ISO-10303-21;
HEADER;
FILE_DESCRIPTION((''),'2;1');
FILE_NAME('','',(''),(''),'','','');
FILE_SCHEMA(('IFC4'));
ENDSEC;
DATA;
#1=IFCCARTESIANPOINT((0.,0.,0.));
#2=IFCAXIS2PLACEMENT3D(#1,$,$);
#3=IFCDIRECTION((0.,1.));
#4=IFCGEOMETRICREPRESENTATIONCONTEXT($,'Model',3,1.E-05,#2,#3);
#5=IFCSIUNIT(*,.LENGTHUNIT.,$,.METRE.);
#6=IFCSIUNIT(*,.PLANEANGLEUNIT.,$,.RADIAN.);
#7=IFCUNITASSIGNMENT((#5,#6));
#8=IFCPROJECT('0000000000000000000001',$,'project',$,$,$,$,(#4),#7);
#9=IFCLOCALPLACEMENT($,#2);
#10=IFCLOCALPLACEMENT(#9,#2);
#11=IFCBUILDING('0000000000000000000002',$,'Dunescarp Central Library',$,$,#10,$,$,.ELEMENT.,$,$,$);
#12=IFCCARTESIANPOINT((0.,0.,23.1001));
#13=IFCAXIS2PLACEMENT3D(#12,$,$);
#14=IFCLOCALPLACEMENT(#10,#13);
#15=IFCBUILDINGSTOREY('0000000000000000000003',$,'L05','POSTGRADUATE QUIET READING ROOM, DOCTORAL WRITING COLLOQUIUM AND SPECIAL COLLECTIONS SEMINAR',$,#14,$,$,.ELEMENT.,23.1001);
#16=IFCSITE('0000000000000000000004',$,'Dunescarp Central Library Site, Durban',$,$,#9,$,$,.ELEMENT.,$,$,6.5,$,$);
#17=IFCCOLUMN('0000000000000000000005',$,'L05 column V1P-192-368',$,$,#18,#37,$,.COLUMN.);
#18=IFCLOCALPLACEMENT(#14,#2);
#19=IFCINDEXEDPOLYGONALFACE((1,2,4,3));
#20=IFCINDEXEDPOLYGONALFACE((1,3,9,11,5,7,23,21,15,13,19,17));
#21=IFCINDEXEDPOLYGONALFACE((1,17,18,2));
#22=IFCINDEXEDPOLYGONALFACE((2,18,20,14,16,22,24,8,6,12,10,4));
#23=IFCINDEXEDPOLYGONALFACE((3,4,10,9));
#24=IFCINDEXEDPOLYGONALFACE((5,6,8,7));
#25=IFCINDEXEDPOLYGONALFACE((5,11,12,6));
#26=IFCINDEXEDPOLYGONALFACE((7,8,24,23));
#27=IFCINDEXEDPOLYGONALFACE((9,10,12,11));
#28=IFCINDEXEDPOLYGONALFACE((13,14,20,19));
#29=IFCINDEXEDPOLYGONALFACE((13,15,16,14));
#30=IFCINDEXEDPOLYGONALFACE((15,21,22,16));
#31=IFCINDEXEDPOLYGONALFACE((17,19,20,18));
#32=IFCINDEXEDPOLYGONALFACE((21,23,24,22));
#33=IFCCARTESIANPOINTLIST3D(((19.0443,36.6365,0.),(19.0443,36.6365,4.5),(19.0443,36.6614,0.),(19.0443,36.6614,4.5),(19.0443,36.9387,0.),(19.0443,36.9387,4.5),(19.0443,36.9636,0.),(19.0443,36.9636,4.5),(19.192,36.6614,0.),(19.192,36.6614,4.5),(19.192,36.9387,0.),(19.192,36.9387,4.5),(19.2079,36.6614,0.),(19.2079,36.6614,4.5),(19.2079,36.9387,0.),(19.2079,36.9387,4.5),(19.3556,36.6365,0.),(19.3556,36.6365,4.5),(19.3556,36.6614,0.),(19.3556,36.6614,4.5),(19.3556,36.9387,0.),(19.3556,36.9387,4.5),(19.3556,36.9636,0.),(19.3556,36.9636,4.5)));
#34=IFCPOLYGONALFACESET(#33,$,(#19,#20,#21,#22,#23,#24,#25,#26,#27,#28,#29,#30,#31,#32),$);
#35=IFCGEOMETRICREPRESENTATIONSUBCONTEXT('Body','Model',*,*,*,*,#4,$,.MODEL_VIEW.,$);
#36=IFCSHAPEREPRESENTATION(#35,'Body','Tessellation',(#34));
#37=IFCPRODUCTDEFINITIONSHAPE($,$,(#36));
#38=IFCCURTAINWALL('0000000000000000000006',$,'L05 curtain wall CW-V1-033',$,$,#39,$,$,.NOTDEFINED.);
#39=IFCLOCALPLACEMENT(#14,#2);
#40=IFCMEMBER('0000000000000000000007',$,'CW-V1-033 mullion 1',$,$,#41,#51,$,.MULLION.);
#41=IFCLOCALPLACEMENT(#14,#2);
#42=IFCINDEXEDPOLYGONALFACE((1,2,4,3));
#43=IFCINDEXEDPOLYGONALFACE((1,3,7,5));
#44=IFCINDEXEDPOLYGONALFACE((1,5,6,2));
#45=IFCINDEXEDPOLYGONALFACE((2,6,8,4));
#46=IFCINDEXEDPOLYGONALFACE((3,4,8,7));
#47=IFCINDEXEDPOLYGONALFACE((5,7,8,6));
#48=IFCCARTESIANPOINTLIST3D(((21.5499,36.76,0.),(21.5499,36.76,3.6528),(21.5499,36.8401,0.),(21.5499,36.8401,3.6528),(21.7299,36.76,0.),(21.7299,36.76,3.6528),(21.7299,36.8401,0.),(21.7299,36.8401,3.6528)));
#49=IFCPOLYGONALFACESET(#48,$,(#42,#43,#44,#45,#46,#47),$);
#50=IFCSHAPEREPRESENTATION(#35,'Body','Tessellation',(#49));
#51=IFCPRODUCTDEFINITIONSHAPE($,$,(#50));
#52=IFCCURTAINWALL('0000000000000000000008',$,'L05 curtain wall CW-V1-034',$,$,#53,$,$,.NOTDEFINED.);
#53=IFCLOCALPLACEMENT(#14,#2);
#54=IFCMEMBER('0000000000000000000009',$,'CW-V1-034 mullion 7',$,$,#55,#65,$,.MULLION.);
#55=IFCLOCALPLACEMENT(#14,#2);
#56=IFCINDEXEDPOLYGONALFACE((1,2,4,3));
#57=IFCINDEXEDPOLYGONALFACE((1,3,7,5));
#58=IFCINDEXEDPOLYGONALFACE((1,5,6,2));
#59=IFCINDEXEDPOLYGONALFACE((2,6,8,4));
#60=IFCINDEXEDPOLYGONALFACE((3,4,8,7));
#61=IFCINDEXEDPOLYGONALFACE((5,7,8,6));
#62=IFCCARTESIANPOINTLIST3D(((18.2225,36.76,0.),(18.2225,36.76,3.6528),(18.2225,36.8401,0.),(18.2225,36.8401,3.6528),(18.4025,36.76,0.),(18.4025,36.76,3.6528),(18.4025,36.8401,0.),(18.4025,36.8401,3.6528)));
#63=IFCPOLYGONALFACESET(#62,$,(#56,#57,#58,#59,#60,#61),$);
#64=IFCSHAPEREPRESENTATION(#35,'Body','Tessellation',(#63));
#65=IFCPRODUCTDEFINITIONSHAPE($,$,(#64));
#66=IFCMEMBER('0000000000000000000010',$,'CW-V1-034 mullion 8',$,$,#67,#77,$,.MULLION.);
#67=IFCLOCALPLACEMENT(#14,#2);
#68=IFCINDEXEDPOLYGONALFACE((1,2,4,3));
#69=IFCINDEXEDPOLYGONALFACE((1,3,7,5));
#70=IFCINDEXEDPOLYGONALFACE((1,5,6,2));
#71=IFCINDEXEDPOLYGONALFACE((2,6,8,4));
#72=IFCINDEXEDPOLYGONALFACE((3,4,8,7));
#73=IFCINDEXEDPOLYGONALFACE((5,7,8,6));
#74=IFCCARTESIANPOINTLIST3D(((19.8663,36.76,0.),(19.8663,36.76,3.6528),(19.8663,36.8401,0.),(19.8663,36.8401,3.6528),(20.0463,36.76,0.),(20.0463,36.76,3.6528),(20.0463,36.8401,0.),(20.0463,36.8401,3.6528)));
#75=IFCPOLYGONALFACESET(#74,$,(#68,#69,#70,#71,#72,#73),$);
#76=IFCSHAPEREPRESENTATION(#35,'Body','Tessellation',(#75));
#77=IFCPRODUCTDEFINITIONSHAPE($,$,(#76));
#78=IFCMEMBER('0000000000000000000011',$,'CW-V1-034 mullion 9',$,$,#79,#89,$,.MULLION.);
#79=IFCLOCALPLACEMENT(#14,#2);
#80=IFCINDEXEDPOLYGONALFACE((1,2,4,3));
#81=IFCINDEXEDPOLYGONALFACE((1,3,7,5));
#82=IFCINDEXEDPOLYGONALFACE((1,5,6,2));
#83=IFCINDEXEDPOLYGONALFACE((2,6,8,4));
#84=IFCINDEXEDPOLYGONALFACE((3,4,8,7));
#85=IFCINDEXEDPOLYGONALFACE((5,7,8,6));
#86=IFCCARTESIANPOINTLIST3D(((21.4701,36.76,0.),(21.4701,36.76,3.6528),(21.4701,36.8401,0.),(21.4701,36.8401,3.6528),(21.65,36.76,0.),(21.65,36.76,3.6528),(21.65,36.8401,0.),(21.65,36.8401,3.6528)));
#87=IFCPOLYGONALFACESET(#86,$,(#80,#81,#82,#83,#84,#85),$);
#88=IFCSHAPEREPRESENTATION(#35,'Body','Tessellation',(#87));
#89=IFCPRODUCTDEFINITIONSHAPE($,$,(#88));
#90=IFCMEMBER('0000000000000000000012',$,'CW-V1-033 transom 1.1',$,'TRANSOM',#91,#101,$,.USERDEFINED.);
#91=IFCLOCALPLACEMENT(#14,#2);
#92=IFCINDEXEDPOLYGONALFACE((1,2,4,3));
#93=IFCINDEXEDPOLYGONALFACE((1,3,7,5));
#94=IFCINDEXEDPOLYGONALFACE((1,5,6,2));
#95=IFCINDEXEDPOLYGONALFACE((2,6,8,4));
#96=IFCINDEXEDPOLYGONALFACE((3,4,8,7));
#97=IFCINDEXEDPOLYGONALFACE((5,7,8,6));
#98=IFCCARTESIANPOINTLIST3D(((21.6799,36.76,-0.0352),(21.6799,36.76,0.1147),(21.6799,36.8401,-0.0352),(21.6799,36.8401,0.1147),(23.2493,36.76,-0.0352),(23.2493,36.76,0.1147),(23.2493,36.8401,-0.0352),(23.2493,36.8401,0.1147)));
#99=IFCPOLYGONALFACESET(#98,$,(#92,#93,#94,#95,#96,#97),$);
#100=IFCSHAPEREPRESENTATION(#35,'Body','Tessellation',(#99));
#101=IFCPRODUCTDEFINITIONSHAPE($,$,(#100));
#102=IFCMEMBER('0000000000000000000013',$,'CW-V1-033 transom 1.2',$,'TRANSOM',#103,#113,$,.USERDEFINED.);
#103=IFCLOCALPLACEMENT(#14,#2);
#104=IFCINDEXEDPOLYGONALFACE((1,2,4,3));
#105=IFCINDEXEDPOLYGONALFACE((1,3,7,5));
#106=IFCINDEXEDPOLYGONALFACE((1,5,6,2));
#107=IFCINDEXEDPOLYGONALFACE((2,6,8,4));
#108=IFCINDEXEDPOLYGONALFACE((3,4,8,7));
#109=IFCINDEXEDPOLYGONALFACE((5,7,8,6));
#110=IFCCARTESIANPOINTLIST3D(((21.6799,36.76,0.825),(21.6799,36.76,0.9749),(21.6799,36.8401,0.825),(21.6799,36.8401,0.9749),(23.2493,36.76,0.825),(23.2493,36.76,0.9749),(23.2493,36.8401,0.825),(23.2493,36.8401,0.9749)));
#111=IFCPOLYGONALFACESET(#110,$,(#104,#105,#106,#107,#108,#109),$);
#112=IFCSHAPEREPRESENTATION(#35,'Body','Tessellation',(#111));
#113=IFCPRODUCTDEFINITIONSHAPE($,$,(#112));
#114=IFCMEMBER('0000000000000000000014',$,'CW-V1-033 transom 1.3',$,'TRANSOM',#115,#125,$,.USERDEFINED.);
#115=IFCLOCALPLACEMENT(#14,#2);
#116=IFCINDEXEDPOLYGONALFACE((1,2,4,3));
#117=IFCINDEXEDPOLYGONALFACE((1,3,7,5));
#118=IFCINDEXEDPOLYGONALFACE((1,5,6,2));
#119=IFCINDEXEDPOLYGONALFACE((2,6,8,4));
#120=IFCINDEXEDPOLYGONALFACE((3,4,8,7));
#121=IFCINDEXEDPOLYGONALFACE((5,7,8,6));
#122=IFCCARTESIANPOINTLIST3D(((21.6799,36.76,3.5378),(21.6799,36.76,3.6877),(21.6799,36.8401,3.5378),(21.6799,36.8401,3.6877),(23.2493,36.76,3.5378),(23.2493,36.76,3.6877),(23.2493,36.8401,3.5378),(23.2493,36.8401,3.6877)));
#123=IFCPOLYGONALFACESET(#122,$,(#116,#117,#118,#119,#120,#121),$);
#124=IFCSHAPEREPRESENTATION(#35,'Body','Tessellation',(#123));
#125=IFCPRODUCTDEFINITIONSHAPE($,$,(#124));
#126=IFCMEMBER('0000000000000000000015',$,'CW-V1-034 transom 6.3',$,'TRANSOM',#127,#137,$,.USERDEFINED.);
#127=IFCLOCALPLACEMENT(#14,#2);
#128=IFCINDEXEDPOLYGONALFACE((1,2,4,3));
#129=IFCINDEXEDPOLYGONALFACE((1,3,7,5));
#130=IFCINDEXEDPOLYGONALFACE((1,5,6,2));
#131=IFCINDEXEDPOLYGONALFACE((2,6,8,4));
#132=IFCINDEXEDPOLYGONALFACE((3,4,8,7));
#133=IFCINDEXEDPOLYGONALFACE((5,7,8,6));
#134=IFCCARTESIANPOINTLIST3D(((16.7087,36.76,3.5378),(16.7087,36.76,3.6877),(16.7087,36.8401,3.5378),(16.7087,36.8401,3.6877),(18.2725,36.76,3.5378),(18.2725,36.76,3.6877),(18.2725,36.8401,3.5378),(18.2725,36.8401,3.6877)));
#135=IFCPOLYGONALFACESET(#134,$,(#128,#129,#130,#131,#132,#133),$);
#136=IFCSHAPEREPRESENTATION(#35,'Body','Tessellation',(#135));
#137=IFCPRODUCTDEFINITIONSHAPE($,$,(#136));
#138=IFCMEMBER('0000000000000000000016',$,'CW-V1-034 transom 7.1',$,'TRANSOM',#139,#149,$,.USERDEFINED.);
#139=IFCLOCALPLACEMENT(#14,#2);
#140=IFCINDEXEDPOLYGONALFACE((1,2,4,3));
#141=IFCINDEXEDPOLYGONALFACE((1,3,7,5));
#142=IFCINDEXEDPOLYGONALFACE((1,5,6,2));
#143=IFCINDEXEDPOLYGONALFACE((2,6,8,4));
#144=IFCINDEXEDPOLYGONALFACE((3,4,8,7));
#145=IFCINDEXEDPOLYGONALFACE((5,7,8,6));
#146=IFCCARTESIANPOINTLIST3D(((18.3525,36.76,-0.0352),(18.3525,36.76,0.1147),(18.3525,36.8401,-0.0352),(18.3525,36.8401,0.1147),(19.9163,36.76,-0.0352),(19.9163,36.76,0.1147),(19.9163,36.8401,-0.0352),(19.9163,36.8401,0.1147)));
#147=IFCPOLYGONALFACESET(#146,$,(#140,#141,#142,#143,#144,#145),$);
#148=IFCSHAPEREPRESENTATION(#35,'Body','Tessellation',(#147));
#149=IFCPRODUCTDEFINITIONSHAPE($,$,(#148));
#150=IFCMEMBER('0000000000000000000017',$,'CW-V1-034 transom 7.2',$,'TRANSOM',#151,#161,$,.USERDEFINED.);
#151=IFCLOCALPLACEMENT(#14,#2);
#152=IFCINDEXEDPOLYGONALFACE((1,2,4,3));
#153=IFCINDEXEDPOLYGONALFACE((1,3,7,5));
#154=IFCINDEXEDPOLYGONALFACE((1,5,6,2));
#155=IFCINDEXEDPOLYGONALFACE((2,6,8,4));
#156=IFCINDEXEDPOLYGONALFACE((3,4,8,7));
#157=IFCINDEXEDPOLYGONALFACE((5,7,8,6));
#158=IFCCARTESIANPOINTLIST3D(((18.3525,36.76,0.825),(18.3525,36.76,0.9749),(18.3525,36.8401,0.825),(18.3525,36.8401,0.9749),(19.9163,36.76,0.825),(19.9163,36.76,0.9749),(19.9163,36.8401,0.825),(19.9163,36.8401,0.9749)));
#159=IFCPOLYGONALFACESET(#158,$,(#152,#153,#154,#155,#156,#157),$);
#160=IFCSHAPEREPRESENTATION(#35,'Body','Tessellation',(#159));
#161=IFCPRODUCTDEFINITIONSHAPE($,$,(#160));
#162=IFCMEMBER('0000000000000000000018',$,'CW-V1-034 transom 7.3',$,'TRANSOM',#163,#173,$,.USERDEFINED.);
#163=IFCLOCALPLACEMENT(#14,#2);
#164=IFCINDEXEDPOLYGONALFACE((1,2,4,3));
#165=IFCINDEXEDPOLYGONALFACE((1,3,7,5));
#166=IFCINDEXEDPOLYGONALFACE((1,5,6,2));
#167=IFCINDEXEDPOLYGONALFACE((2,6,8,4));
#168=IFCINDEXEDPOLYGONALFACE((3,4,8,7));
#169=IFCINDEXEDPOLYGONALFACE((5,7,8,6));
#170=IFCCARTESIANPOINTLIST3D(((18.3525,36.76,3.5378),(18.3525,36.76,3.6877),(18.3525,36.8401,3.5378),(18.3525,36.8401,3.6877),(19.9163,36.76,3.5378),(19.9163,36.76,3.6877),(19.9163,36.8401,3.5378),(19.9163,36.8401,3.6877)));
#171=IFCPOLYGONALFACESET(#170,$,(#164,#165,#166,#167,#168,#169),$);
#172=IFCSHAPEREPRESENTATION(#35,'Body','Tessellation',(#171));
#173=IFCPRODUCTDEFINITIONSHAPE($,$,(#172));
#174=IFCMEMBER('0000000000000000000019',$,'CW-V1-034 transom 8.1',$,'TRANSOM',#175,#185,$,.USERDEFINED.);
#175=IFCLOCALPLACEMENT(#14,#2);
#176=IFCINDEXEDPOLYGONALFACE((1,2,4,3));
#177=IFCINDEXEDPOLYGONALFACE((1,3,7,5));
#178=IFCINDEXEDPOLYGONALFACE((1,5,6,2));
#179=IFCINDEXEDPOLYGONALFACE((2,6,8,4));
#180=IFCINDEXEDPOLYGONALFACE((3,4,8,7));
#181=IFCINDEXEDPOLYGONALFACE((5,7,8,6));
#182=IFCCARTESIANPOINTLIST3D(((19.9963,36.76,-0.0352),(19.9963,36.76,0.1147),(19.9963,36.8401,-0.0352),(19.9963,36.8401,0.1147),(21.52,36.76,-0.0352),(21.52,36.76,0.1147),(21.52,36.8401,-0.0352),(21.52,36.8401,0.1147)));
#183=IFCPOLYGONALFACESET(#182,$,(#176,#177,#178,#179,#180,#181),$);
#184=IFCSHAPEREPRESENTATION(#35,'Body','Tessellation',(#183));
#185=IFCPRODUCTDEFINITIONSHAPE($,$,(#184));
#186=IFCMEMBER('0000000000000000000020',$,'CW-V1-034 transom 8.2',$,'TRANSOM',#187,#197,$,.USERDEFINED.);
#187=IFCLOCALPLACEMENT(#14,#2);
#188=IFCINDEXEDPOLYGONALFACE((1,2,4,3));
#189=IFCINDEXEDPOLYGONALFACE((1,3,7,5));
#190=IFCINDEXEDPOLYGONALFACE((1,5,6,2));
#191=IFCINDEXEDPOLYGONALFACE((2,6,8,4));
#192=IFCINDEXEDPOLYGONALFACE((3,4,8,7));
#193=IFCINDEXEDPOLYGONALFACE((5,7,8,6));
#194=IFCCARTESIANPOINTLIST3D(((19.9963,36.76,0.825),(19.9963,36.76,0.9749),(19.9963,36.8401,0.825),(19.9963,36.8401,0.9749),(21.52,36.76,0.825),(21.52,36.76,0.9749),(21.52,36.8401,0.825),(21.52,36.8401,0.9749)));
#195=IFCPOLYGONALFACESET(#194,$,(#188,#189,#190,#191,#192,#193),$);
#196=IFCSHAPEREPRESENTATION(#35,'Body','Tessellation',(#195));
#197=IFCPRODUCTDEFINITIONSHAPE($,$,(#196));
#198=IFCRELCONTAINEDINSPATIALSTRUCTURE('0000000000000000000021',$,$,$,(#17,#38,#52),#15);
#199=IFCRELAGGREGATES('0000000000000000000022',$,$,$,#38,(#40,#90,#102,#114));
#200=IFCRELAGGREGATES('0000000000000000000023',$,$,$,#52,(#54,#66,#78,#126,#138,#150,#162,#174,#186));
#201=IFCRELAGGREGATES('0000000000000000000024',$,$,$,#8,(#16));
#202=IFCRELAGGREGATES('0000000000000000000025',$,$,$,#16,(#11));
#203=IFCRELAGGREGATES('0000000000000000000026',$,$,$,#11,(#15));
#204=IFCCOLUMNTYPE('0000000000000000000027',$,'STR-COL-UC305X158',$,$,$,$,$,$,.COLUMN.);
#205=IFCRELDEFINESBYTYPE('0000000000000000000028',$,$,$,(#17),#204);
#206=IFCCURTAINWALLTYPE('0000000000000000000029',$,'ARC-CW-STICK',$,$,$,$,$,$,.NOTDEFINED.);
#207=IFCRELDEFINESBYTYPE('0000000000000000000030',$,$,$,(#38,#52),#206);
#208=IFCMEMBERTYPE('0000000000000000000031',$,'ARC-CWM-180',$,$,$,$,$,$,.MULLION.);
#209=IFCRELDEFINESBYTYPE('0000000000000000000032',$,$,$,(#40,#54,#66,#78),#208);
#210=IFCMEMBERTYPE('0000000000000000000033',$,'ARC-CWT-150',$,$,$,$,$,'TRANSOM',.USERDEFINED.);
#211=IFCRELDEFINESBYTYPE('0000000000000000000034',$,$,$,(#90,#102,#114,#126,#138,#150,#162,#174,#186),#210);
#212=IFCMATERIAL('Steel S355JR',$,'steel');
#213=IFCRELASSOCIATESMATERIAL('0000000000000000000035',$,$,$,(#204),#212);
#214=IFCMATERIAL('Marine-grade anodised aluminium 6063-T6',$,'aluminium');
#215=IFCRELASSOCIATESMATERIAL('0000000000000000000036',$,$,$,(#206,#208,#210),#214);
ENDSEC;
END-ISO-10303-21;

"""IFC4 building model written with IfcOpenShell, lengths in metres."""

from ifc_helpers import new_model, si_unit, direction, frame, origin, origin_2d, place, context, subcontext, project, spatial, rectangle, i_section, extrude, material, material_profile, profile_set, type_object, element, aggregate, save


model = new_model("IFC4")

# Units and contexts
model_context = context("Model", 3, precision=1e-05, world=origin(), true_north=direction((0.0, 1.0)))
body_context = subcontext(model_context, "Body", "Model", "MODEL_VIEW")
ifc_project = project(units=[si_unit("LENGTHUNIT", "METRE"), si_unit("PLANEANGLEUNIT", "RADIAN")], contexts=[model_context])

# Site, building, storey
site_placement = place(None, origin())
site = spatial("IfcSite", under=ifc_project, at=site_placement, Name="Dunescarp Central Library Site, Durban", CompositionType="ELEMENT", RefElevation=6.5)
building_placement = place(site_placement, origin())
building = spatial("IfcBuilding", under=site, at=building_placement, Name="Dunescarp Central Library", CompositionType="ELEMENT")
storey_placement = place(building_placement, frame((0.0, 0.0, 23.1001)))
storey = spatial("IfcBuildingStorey", under=building, at=storey_placement, Name="L05", Description="POSTGRADUATE QUIET READING ROOM, DOCTORAL WRITING COLLOQUIUM AND SPECIAL COLLECTIONS SEMINAR", CompositionType="ELEMENT", Elevation=23.1001)

# Column
ifc_material_1 = material(Name="Steel S355JR", Category="steel")
ifc_material_profile_1 = material_profile(ifc_material_1, i_section(OverallWidth=0.3113, OverallDepth=0.3271, WebThickness=0.0159, FlangeThickness=0.0249, at=origin_2d()), Name="UC 305x305x158")
ifc_profile_set_1 = profile_set([ifc_material_profile_1], Name="Steel S355JR")
column_type = type_object("IfcColumnType", Name="STR-COL-UC305X158", PredefinedType="COLUMN", material=ifc_profile_set_1)
column_placement = place(storey_placement, frame((19.2, 36.8, 0.0), z_axis=(0.0, 0.0, 1.0), x_axis=(1.0, 0.0, 0.0)))
element("IfcColumn", 1, at=column_placement, inside=storey, type_object=column_type, Name="L05 column V1P-192-368", PredefinedType="COLUMN", context=body_context, shape_type="SweptSolid", body=[
    extrude(i_section(OverallWidth=0.3113, OverallDepth=0.3271, WebThickness=0.0159, FlangeThickness=0.0249, at=origin_2d()), origin(), (0.0, 0.0, 1.0), 4.5),
])

# Curtain wall, member
ifc_material_2 = material(Name="Marine-grade anodised aluminium 6063-T6", Category="aluminium")
curtain_wall_type = type_object("IfcCurtainWallType", Name="ARC-CW-STICK", PredefinedType="NOTDEFINED", material=ifc_material_2)
curtain_wall_1_placement = place(storey_placement, origin())
curtain_wall_1 = element("IfcCurtainWall", 2, at=curtain_wall_1_placement, inside=storey, type_object=curtain_wall_type, Name="L05 curtain wall CW-V1-033", PredefinedType="NOTDEFINED")
ifc_material_profile_2 = material_profile(ifc_material_2, rectangle(XDim=0.0801, YDim=0.1799, at=origin_2d()), Name="AL 80x180")
ifc_profile_set_2 = profile_set([ifc_material_profile_2], Name="Marine-grade anodised aluminium 6063-T6")
member_type_1 = type_object("IfcMemberType", Name="ARC-CWM-180", PredefinedType="MULLION", material=ifc_profile_set_2)
member_1_placement = place(storey_placement, frame((21.6399, 36.8, 0.0), z_axis=(0.0, 0.0, 1.0), x_axis=(0.0, 1.0, 0.0)))
member_1 = element("IfcMember", 3, at=member_1_placement, type_object=member_type_1, Name="CW-V1-033 mullion 1", PredefinedType="MULLION", context=body_context, shape_type="SweptSolid", body=[
    extrude(rectangle(XDim=0.0801, YDim=0.1799, at=origin_2d()), origin(), (0.0, 0.0, 1.0), 3.6528),
])

# Curtain wall, members
curtain_wall_2_placement = place(storey_placement, origin())
curtain_wall_2 = element("IfcCurtainWall", 4, at=curtain_wall_2_placement, inside=storey, type_object=curtain_wall_type, Name="L05 curtain wall CW-V1-034", PredefinedType="NOTDEFINED")
member_2_placement = place(storey_placement, frame((18.3125, 36.8, 0.0), z_axis=(0.0, 0.0, 1.0), x_axis=(0.0, 1.0, 0.0)))
member_2 = element("IfcMember", 5, at=member_2_placement, type_object=member_type_1, Name="CW-V1-034 mullion 7", PredefinedType="MULLION", context=body_context, shape_type="SweptSolid", body=[
    extrude(rectangle(XDim=0.0801, YDim=0.1799, at=origin_2d()), origin(), (0.0, 0.0, 1.0), 3.6528),
])
member_3_placement = place(storey_placement, frame((19.9563, 36.8, 0.0), z_axis=(0.0, 0.0, 1.0), x_axis=(0.0, 1.0, 0.0)))
member_3 = element("IfcMember", 6, at=member_3_placement, type_object=member_type_1, Name="CW-V1-034 mullion 8", PredefinedType="MULLION", context=body_context, shape_type="SweptSolid", body=[
    extrude(rectangle(XDim=0.0801, YDim=0.1799, at=origin_2d()), origin(), (0.0, 0.0, 1.0), 3.6528),
])
member_4_placement = place(storey_placement, frame((21.5601, 36.8, 0.0), z_axis=(0.0, 0.0, 1.0), x_axis=(0.0, 1.0, 0.0)))
member_4 = element("IfcMember", 7, at=member_4_placement, type_object=member_type_1, Name="CW-V1-034 mullion 9", PredefinedType="MULLION", context=body_context, shape_type="SweptSolid", body=[
    extrude(rectangle(XDim=0.0801, YDim=0.1799, at=origin_2d()), origin(), (0.0, 0.0, 1.0), 3.6528),
])

# Members
ifc_material_profile_3 = material_profile(ifc_material_2, rectangle(XDim=0.0801, YDim=0.1499, at=origin_2d()), Name="AL 80x150")
ifc_profile_set_3 = profile_set([ifc_material_profile_3], Name="Marine-grade anodised aluminium 6063-T6")
member_type_2 = type_object("IfcMemberType", Name="ARC-CWT-150", ElementType="TRANSOM", PredefinedType="USERDEFINED", material=ifc_profile_set_3)
member_5_placement = place(storey_placement, frame((21.6799, 36.8, 0.0398), z_axis=(1.0, 0.0, 0.0), x_axis=(0.0, 1.0, 0.0)))
member_5 = element("IfcMember", 8, at=member_5_placement, type_object=member_type_2, Name="CW-V1-033 transom 1.1", ObjectType="TRANSOM", PredefinedType="USERDEFINED", context=body_context, shape_type="SweptSolid", body=[
    extrude(rectangle(XDim=0.0801, YDim=0.1499, at=origin_2d()), origin(), (0.0, 0.0, 1.0), 1.5693),
])
member_6_placement = place(storey_placement, frame((21.6799, 36.8, 0.8999), z_axis=(1.0, 0.0, 0.0), x_axis=(0.0, 1.0, 0.0)))
member_6 = element("IfcMember", 9, at=member_6_placement, type_object=member_type_2, Name="CW-V1-033 transom 1.2", ObjectType="TRANSOM", PredefinedType="USERDEFINED", context=body_context, shape_type="SweptSolid", body=[
    extrude(rectangle(XDim=0.0801, YDim=0.1499, at=origin_2d()), origin(), (0.0, 0.0, 1.0), 1.5693),
])
member_7_placement = place(storey_placement, frame((21.6799, 36.8, 3.6128), z_axis=(1.0, 0.0, 0.0), x_axis=(0.0, 1.0, 0.0)))
member_7 = element("IfcMember", 10, at=member_7_placement, type_object=member_type_2, Name="CW-V1-033 transom 1.3", ObjectType="TRANSOM", PredefinedType="USERDEFINED", context=body_context, shape_type="SweptSolid", body=[
    extrude(rectangle(XDim=0.0801, YDim=0.1499, at=origin_2d()), origin(), (0.0, 0.0, 1.0), 1.5693),
])
aggregate(curtain_wall_1, [member_1, member_5, member_6, member_7])
member_8_placement = place(storey_placement, frame((16.7087, 36.8, 3.6128), z_axis=(1.0, 0.0, 0.0), x_axis=(0.0, 1.0, 0.0)))
member_8 = element("IfcMember", 11, at=member_8_placement, type_object=member_type_2, Name="CW-V1-034 transom 6.3", ObjectType="TRANSOM", PredefinedType="USERDEFINED", context=body_context, shape_type="SweptSolid", body=[
    extrude(rectangle(XDim=0.0801, YDim=0.1499, at=origin_2d()), origin(), (0.0, 0.0, 1.0), 1.5637),
])
member_9_placement = place(storey_placement, frame((18.3525, 36.8, 0.0398), z_axis=(1.0, 0.0, 0.0), x_axis=(0.0, 1.0, 0.0)))
member_9 = element("IfcMember", 12, at=member_9_placement, type_object=member_type_2, Name="CW-V1-034 transom 7.1", ObjectType="TRANSOM", PredefinedType="USERDEFINED", context=body_context, shape_type="SweptSolid", body=[
    extrude(rectangle(XDim=0.0801, YDim=0.1499, at=origin_2d()), origin(), (0.0, 0.0, 1.0), 1.5637),
])
member_10_placement = place(storey_placement, frame((18.3525, 36.8, 0.8999), z_axis=(1.0, 0.0, 0.0), x_axis=(0.0, 1.0, 0.0)))
member_10 = element("IfcMember", 13, at=member_10_placement, type_object=member_type_2, Name="CW-V1-034 transom 7.2", ObjectType="TRANSOM", PredefinedType="USERDEFINED", context=body_context, shape_type="SweptSolid", body=[
    extrude(rectangle(XDim=0.0801, YDim=0.1499, at=origin_2d()), origin(), (0.0, 0.0, 1.0), 1.5637),
])
member_11_placement = place(storey_placement, frame((18.3525, 36.8, 3.6128), z_axis=(1.0, 0.0, 0.0), x_axis=(0.0, 1.0, 0.0)))
member_11 = element("IfcMember", 14, at=member_11_placement, type_object=member_type_2, Name="CW-V1-034 transom 7.3", ObjectType="TRANSOM", PredefinedType="USERDEFINED", context=body_context, shape_type="SweptSolid", body=[
    extrude(rectangle(XDim=0.0801, YDim=0.1499, at=origin_2d()), origin(), (0.0, 0.0, 1.0), 1.5637),
])
member_12_placement = place(storey_placement, frame((19.9963, 36.8, 0.0398), z_axis=(1.0, 0.0, 0.0), x_axis=(0.0, 1.0, 0.0)))
member_12 = element("IfcMember", 15, at=member_12_placement, type_object=member_type_2, Name="CW-V1-034 transom 8.1", ObjectType="TRANSOM", PredefinedType="USERDEFINED", context=body_context, shape_type="SweptSolid", body=[
    extrude(rectangle(XDim=0.0801, YDim=0.1499, at=origin_2d()), origin(), (0.0, 0.0, 1.0), 1.5237),
])
member_13_placement = place(storey_placement, frame((19.9963, 36.8, 0.8999), z_axis=(1.0, 0.0, 0.0), x_axis=(0.0, 1.0, 0.0)))
member_13 = element("IfcMember", 16, at=member_13_placement, type_object=member_type_2, Name="CW-V1-034 transom 8.2", ObjectType="TRANSOM", PredefinedType="USERDEFINED", context=body_context, shape_type="SweptSolid", body=[
    extrude(rectangle(XDim=0.0801, YDim=0.1499, at=origin_2d()), origin(), (0.0, 0.0, 1.0), 1.5237),
])

aggregate(curtain_wall_2, [member_2, member_3, member_4, member_8, member_9, member_10, member_11, member_12, member_13])

save(model, "model.ifc")
